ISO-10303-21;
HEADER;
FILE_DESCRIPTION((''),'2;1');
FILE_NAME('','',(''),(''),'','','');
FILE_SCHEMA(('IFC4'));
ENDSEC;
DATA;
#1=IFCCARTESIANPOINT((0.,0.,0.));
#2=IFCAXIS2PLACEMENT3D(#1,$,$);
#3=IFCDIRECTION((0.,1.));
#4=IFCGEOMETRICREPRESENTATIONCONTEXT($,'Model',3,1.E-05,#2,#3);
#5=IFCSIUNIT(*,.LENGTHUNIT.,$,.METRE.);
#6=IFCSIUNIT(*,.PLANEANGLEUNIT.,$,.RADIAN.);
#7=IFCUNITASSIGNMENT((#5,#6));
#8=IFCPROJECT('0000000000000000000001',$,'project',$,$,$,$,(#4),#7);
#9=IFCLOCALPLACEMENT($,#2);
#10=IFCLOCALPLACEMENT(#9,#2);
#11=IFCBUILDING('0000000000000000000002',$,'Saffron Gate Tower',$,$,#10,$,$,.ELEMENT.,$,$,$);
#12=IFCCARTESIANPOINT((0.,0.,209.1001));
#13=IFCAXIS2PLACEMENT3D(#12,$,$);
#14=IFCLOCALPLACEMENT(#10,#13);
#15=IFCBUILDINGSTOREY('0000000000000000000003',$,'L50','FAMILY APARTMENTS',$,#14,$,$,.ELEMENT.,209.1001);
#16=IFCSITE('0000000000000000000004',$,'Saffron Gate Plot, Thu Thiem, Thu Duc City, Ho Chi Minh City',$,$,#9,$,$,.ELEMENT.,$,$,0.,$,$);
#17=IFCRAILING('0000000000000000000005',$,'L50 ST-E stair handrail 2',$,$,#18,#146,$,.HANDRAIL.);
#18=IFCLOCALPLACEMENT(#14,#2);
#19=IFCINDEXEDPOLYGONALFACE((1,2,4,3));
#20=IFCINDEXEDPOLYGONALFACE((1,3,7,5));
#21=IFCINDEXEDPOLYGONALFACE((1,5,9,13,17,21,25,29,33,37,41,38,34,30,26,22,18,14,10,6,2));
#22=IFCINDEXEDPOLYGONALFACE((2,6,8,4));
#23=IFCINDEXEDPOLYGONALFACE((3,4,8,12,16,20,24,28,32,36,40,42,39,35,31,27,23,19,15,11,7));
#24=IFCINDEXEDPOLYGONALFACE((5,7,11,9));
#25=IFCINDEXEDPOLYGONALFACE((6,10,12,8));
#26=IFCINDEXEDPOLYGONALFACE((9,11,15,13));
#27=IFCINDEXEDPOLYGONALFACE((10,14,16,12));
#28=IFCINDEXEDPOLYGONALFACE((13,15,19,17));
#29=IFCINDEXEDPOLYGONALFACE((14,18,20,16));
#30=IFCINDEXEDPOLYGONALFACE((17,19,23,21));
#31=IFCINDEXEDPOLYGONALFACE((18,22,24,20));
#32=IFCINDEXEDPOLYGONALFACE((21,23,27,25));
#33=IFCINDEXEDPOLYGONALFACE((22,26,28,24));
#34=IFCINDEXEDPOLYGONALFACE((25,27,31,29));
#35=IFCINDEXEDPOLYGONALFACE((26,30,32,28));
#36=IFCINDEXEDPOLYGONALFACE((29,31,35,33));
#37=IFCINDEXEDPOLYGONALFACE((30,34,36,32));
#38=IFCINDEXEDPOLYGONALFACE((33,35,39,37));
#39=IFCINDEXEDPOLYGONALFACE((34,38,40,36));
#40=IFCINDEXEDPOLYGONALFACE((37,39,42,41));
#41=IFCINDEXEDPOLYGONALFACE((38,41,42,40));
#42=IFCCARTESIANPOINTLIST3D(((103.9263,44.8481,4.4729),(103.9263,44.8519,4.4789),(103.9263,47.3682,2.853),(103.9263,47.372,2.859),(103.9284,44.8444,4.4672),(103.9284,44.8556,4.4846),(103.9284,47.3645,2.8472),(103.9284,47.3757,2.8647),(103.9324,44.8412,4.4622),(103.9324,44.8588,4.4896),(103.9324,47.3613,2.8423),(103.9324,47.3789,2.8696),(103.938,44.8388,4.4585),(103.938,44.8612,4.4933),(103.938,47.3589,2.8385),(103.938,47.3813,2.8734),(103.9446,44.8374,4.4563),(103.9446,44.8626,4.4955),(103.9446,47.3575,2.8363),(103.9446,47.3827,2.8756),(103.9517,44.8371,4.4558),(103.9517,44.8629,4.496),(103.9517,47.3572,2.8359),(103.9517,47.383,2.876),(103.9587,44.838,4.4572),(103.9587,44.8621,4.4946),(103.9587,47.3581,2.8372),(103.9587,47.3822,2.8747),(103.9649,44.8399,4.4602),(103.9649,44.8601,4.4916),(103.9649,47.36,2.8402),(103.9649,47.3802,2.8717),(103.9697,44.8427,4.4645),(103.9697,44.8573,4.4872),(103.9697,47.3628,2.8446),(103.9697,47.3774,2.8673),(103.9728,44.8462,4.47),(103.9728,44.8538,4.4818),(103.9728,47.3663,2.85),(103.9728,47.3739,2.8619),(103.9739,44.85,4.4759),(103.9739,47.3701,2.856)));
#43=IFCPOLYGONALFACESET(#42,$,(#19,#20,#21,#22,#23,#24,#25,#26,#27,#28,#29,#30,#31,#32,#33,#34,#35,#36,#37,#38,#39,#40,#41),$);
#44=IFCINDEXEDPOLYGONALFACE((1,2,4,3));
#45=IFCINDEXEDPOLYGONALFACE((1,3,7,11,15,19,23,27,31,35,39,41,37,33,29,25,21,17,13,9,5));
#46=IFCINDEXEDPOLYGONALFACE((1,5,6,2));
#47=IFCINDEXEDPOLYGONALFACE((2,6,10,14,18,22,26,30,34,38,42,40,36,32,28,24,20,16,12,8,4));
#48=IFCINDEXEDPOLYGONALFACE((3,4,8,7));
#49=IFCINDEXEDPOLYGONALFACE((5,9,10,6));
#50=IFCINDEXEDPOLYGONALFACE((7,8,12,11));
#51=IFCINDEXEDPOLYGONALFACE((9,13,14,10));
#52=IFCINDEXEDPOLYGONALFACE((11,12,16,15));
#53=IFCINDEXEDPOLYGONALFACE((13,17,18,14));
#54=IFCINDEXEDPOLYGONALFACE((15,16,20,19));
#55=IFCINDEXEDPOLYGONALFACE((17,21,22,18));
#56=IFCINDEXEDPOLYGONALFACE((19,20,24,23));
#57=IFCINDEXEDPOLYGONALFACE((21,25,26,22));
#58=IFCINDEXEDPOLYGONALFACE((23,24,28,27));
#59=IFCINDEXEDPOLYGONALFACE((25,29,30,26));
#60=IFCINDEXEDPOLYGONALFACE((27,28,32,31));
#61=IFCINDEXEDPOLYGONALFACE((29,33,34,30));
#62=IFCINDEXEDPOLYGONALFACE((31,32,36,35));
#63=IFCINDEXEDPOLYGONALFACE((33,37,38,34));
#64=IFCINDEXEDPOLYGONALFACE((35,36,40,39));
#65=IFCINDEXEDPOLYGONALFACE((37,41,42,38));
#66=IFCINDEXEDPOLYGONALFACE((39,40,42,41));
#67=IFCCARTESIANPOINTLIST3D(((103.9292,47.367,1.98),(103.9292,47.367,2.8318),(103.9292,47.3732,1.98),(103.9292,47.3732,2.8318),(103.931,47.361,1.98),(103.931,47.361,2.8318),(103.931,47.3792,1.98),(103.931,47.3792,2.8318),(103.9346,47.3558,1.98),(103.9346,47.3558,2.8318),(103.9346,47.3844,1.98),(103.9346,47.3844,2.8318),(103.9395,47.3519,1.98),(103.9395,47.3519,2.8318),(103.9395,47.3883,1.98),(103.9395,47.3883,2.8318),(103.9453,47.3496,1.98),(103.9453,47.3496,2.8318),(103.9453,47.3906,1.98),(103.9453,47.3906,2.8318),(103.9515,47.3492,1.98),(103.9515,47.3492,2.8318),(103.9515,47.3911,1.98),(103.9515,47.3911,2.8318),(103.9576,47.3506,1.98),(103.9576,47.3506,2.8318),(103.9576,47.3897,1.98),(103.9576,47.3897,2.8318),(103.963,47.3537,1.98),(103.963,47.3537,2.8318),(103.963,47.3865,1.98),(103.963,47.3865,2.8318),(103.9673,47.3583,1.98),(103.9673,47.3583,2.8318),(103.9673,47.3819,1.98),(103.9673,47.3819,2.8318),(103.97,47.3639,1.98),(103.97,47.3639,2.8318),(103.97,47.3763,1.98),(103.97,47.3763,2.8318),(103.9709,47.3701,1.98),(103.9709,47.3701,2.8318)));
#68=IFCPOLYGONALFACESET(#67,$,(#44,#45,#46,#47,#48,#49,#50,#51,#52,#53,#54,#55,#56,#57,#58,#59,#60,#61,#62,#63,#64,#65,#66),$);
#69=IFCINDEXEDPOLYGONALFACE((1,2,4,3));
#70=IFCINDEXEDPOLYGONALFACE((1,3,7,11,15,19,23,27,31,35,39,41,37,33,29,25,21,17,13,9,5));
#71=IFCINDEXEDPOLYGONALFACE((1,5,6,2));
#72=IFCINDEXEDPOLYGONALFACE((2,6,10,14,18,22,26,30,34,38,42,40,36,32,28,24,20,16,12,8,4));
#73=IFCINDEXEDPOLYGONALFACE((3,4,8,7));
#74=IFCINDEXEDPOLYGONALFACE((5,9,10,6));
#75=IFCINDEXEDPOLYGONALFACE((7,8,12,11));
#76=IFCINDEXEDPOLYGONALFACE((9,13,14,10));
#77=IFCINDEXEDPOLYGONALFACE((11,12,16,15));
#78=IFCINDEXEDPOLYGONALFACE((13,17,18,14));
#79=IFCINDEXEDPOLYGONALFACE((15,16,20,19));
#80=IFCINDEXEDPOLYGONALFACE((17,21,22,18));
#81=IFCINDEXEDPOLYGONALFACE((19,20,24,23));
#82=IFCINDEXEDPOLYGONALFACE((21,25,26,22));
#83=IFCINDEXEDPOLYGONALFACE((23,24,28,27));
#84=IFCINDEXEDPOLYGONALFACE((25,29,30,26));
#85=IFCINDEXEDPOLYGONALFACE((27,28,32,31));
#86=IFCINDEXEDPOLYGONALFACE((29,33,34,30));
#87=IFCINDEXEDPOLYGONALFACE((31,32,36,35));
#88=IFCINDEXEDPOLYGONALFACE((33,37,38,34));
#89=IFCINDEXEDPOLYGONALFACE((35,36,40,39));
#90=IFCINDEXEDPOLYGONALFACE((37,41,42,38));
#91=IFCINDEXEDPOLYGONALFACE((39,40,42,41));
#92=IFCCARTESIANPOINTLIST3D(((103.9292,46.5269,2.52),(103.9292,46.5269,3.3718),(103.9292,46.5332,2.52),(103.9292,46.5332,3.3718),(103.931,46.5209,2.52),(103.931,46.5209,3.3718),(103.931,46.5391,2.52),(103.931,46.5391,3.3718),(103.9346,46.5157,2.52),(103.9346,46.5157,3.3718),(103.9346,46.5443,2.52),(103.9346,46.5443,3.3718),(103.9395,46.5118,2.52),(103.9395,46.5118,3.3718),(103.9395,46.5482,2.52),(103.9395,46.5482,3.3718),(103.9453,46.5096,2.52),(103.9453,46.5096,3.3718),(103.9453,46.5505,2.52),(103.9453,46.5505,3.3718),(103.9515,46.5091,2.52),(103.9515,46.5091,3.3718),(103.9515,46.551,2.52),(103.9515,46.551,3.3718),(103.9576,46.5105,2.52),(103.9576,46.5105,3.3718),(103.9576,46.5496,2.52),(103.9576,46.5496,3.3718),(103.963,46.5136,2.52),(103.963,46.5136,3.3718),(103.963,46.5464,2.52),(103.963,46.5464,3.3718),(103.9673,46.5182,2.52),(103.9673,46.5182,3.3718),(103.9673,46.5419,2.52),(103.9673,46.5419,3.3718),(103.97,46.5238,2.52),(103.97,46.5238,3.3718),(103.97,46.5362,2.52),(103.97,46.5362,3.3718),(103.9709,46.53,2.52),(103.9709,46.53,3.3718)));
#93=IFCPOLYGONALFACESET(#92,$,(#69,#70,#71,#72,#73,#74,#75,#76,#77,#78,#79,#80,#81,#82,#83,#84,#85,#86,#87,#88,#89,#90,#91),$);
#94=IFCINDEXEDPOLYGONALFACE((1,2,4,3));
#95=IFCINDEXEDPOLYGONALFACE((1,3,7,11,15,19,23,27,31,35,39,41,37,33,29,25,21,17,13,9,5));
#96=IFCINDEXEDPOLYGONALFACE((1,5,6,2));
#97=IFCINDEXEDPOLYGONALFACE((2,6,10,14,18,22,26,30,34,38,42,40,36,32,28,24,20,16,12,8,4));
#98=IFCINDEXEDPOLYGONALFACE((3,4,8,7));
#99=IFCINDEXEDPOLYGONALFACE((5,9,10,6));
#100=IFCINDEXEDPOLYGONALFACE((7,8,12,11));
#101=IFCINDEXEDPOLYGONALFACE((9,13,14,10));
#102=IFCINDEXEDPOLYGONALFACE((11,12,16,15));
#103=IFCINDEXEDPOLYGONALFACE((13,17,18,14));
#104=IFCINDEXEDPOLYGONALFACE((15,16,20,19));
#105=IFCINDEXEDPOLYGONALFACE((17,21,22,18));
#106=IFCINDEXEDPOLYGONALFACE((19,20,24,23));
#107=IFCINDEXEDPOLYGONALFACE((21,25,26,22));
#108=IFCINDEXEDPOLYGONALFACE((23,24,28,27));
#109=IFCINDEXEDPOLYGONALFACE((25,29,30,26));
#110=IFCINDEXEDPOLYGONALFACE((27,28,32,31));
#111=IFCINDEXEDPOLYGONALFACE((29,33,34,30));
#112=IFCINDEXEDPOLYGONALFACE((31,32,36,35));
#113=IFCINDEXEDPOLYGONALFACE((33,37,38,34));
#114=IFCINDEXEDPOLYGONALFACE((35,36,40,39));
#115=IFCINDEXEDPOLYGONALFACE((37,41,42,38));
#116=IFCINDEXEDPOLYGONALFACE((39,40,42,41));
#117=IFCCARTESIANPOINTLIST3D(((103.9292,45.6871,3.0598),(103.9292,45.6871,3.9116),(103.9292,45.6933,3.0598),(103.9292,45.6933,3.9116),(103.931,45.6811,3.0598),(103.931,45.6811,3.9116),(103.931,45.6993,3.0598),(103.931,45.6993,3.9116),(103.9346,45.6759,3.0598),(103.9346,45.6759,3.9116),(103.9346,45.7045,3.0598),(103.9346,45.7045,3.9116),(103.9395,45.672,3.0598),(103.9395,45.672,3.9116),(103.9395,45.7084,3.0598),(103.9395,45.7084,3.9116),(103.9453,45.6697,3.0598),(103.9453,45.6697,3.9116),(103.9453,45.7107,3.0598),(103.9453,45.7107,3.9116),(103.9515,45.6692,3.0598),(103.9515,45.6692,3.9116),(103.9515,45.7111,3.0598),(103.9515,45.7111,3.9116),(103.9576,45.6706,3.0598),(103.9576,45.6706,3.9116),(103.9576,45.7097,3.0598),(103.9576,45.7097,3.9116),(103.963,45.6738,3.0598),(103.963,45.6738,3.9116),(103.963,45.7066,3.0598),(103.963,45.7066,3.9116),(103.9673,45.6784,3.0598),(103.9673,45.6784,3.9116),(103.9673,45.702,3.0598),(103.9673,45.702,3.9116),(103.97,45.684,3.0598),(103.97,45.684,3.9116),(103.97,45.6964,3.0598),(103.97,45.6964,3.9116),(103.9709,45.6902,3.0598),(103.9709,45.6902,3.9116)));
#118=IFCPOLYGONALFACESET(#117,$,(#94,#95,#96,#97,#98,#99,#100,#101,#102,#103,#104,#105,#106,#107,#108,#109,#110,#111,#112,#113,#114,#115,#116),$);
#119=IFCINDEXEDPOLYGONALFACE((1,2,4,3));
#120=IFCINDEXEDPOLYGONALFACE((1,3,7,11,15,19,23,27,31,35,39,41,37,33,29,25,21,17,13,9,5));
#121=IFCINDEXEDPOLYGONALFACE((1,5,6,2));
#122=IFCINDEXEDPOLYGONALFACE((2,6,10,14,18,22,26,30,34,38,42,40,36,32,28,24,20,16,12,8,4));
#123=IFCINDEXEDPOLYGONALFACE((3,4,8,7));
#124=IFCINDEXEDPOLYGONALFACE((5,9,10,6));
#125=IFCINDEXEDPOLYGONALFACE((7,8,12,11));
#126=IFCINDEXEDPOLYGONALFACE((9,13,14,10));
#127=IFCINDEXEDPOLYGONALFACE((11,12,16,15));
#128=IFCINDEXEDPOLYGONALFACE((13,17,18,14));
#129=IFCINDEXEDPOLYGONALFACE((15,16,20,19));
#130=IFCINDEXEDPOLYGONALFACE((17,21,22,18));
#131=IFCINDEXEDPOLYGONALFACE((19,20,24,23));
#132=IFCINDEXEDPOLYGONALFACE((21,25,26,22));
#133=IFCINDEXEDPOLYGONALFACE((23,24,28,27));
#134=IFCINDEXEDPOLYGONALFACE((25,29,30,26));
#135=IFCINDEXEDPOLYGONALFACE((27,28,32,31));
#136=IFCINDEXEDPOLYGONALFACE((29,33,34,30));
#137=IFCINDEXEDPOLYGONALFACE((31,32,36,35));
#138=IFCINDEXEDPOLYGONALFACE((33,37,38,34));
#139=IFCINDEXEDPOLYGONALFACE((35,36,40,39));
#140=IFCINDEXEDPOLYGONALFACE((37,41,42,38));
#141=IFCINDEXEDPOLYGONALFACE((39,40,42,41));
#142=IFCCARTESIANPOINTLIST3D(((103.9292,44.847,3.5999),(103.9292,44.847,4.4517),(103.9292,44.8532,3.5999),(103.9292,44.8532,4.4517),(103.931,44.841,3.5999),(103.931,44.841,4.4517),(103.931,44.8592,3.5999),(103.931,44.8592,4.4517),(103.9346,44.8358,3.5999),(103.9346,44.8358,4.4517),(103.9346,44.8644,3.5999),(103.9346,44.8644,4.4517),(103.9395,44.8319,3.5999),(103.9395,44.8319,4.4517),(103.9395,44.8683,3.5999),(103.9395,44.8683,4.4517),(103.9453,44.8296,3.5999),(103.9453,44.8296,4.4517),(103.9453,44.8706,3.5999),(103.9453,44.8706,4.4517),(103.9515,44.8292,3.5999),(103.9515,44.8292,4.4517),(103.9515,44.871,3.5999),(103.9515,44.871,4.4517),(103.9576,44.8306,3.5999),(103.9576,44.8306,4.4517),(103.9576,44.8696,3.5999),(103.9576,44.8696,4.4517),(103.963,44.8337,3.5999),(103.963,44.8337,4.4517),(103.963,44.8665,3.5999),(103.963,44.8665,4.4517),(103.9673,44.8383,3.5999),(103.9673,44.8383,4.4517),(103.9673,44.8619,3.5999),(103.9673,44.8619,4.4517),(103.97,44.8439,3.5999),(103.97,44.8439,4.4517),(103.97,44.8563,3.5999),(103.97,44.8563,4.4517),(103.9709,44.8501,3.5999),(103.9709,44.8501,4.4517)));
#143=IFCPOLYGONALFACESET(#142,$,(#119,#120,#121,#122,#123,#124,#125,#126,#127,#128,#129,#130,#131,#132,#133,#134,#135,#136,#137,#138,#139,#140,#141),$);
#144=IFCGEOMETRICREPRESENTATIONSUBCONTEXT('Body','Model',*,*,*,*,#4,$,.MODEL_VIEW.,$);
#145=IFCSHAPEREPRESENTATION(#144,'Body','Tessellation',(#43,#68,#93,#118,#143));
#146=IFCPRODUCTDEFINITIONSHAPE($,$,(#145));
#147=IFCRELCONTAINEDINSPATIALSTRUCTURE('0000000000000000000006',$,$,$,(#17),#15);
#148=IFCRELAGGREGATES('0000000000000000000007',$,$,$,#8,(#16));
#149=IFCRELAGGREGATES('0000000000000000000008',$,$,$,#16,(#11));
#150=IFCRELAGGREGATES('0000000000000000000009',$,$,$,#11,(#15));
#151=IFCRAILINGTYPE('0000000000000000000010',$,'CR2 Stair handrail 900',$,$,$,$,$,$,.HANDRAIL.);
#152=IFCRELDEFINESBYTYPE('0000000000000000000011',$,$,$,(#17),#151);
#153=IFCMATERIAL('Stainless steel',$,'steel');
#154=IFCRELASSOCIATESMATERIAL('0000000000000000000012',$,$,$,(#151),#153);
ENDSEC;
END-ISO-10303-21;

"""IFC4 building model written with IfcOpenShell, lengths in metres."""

from ifc_helpers import new_model, si_unit, direction, frame, origin, origin_2d, place, context, subcontext, project, spatial, circle, extrude, material, type_object, element, save


model = new_model("IFC4")

# Units and contexts
model_context = context("Model", 3, precision=1e-05, world=origin(), true_north=direction((0.0, 1.0)))
body_context = subcontext(model_context, "Body", "Model", "MODEL_VIEW")
ifc_project = project(units=[si_unit("LENGTHUNIT", "METRE"), si_unit("PLANEANGLEUNIT", "RADIAN")], contexts=[model_context])

# Site, building, storey
site_placement = place(None, origin())
site = spatial("IfcSite", under=ifc_project, at=site_placement, Name="Saffron Gate Plot, Thu Thiem, Thu Duc City, Ho Chi Minh City", CompositionType="ELEMENT", RefElevation=0.0)
building_placement = place(site_placement, origin())
building = spatial("IfcBuilding", under=site, at=building_placement, Name="Saffron Gate Tower", CompositionType="ELEMENT")
storey_placement = place(building_placement, frame((0.0, 0.0, 209.1001)))
storey = spatial("IfcBuildingStorey", under=building, at=storey_placement, Name="L50", Description="FAMILY APARTMENTS", CompositionType="ELEMENT", Elevation=209.1001)

# Railing
ifc_material_1 = material(Name="Stainless steel", Category="steel")
railing_type_1 = type_object("IfcRailingType", Name="CR2 Stair handrail 900", PredefinedType="HANDRAIL", material=ifc_material_1)
railing_1_placement = place(storey_placement, frame((103.95, 47.3701, 1.98)))
element("IfcRailing", 1, at=railing_1_placement, inside=storey, type_object=railing_type_1, Name="L50 ST-E stair handrail 2", PredefinedType="HANDRAIL", context=body_context, shape_type="SweptSolid", body=[
    extrude(circle(Radius=0.0239, at=origin_2d()), frame((0.0, 0.0, 0.876), z_axis=(0.0, -0.8412, 0.540725), x_axis=(1.0, 0.0, 0.0)), (0.0, 0.0, 1.0), 2.9958),
    extrude(circle(Radius=0.021, at=origin_2d()), origin(), (0.0, 0.0, 1.0), 0.8518),
    extrude(circle(Radius=0.021, at=origin_2d()), frame((0.0, -0.8401, 0.54)), (0.0, 0.0, 1.0), 0.8518),
    extrude(circle(Radius=0.021, at=origin_2d()), frame((0.0, -1.6799, 1.0798)), (0.0, 0.0, 1.0), 0.8518),
    extrude(circle(Radius=0.021, at=origin_2d()), frame((0.0, -2.52, 1.6199)), (0.0, 0.0, 1.0), 0.8518),
])

save(model, "model.ifc")
